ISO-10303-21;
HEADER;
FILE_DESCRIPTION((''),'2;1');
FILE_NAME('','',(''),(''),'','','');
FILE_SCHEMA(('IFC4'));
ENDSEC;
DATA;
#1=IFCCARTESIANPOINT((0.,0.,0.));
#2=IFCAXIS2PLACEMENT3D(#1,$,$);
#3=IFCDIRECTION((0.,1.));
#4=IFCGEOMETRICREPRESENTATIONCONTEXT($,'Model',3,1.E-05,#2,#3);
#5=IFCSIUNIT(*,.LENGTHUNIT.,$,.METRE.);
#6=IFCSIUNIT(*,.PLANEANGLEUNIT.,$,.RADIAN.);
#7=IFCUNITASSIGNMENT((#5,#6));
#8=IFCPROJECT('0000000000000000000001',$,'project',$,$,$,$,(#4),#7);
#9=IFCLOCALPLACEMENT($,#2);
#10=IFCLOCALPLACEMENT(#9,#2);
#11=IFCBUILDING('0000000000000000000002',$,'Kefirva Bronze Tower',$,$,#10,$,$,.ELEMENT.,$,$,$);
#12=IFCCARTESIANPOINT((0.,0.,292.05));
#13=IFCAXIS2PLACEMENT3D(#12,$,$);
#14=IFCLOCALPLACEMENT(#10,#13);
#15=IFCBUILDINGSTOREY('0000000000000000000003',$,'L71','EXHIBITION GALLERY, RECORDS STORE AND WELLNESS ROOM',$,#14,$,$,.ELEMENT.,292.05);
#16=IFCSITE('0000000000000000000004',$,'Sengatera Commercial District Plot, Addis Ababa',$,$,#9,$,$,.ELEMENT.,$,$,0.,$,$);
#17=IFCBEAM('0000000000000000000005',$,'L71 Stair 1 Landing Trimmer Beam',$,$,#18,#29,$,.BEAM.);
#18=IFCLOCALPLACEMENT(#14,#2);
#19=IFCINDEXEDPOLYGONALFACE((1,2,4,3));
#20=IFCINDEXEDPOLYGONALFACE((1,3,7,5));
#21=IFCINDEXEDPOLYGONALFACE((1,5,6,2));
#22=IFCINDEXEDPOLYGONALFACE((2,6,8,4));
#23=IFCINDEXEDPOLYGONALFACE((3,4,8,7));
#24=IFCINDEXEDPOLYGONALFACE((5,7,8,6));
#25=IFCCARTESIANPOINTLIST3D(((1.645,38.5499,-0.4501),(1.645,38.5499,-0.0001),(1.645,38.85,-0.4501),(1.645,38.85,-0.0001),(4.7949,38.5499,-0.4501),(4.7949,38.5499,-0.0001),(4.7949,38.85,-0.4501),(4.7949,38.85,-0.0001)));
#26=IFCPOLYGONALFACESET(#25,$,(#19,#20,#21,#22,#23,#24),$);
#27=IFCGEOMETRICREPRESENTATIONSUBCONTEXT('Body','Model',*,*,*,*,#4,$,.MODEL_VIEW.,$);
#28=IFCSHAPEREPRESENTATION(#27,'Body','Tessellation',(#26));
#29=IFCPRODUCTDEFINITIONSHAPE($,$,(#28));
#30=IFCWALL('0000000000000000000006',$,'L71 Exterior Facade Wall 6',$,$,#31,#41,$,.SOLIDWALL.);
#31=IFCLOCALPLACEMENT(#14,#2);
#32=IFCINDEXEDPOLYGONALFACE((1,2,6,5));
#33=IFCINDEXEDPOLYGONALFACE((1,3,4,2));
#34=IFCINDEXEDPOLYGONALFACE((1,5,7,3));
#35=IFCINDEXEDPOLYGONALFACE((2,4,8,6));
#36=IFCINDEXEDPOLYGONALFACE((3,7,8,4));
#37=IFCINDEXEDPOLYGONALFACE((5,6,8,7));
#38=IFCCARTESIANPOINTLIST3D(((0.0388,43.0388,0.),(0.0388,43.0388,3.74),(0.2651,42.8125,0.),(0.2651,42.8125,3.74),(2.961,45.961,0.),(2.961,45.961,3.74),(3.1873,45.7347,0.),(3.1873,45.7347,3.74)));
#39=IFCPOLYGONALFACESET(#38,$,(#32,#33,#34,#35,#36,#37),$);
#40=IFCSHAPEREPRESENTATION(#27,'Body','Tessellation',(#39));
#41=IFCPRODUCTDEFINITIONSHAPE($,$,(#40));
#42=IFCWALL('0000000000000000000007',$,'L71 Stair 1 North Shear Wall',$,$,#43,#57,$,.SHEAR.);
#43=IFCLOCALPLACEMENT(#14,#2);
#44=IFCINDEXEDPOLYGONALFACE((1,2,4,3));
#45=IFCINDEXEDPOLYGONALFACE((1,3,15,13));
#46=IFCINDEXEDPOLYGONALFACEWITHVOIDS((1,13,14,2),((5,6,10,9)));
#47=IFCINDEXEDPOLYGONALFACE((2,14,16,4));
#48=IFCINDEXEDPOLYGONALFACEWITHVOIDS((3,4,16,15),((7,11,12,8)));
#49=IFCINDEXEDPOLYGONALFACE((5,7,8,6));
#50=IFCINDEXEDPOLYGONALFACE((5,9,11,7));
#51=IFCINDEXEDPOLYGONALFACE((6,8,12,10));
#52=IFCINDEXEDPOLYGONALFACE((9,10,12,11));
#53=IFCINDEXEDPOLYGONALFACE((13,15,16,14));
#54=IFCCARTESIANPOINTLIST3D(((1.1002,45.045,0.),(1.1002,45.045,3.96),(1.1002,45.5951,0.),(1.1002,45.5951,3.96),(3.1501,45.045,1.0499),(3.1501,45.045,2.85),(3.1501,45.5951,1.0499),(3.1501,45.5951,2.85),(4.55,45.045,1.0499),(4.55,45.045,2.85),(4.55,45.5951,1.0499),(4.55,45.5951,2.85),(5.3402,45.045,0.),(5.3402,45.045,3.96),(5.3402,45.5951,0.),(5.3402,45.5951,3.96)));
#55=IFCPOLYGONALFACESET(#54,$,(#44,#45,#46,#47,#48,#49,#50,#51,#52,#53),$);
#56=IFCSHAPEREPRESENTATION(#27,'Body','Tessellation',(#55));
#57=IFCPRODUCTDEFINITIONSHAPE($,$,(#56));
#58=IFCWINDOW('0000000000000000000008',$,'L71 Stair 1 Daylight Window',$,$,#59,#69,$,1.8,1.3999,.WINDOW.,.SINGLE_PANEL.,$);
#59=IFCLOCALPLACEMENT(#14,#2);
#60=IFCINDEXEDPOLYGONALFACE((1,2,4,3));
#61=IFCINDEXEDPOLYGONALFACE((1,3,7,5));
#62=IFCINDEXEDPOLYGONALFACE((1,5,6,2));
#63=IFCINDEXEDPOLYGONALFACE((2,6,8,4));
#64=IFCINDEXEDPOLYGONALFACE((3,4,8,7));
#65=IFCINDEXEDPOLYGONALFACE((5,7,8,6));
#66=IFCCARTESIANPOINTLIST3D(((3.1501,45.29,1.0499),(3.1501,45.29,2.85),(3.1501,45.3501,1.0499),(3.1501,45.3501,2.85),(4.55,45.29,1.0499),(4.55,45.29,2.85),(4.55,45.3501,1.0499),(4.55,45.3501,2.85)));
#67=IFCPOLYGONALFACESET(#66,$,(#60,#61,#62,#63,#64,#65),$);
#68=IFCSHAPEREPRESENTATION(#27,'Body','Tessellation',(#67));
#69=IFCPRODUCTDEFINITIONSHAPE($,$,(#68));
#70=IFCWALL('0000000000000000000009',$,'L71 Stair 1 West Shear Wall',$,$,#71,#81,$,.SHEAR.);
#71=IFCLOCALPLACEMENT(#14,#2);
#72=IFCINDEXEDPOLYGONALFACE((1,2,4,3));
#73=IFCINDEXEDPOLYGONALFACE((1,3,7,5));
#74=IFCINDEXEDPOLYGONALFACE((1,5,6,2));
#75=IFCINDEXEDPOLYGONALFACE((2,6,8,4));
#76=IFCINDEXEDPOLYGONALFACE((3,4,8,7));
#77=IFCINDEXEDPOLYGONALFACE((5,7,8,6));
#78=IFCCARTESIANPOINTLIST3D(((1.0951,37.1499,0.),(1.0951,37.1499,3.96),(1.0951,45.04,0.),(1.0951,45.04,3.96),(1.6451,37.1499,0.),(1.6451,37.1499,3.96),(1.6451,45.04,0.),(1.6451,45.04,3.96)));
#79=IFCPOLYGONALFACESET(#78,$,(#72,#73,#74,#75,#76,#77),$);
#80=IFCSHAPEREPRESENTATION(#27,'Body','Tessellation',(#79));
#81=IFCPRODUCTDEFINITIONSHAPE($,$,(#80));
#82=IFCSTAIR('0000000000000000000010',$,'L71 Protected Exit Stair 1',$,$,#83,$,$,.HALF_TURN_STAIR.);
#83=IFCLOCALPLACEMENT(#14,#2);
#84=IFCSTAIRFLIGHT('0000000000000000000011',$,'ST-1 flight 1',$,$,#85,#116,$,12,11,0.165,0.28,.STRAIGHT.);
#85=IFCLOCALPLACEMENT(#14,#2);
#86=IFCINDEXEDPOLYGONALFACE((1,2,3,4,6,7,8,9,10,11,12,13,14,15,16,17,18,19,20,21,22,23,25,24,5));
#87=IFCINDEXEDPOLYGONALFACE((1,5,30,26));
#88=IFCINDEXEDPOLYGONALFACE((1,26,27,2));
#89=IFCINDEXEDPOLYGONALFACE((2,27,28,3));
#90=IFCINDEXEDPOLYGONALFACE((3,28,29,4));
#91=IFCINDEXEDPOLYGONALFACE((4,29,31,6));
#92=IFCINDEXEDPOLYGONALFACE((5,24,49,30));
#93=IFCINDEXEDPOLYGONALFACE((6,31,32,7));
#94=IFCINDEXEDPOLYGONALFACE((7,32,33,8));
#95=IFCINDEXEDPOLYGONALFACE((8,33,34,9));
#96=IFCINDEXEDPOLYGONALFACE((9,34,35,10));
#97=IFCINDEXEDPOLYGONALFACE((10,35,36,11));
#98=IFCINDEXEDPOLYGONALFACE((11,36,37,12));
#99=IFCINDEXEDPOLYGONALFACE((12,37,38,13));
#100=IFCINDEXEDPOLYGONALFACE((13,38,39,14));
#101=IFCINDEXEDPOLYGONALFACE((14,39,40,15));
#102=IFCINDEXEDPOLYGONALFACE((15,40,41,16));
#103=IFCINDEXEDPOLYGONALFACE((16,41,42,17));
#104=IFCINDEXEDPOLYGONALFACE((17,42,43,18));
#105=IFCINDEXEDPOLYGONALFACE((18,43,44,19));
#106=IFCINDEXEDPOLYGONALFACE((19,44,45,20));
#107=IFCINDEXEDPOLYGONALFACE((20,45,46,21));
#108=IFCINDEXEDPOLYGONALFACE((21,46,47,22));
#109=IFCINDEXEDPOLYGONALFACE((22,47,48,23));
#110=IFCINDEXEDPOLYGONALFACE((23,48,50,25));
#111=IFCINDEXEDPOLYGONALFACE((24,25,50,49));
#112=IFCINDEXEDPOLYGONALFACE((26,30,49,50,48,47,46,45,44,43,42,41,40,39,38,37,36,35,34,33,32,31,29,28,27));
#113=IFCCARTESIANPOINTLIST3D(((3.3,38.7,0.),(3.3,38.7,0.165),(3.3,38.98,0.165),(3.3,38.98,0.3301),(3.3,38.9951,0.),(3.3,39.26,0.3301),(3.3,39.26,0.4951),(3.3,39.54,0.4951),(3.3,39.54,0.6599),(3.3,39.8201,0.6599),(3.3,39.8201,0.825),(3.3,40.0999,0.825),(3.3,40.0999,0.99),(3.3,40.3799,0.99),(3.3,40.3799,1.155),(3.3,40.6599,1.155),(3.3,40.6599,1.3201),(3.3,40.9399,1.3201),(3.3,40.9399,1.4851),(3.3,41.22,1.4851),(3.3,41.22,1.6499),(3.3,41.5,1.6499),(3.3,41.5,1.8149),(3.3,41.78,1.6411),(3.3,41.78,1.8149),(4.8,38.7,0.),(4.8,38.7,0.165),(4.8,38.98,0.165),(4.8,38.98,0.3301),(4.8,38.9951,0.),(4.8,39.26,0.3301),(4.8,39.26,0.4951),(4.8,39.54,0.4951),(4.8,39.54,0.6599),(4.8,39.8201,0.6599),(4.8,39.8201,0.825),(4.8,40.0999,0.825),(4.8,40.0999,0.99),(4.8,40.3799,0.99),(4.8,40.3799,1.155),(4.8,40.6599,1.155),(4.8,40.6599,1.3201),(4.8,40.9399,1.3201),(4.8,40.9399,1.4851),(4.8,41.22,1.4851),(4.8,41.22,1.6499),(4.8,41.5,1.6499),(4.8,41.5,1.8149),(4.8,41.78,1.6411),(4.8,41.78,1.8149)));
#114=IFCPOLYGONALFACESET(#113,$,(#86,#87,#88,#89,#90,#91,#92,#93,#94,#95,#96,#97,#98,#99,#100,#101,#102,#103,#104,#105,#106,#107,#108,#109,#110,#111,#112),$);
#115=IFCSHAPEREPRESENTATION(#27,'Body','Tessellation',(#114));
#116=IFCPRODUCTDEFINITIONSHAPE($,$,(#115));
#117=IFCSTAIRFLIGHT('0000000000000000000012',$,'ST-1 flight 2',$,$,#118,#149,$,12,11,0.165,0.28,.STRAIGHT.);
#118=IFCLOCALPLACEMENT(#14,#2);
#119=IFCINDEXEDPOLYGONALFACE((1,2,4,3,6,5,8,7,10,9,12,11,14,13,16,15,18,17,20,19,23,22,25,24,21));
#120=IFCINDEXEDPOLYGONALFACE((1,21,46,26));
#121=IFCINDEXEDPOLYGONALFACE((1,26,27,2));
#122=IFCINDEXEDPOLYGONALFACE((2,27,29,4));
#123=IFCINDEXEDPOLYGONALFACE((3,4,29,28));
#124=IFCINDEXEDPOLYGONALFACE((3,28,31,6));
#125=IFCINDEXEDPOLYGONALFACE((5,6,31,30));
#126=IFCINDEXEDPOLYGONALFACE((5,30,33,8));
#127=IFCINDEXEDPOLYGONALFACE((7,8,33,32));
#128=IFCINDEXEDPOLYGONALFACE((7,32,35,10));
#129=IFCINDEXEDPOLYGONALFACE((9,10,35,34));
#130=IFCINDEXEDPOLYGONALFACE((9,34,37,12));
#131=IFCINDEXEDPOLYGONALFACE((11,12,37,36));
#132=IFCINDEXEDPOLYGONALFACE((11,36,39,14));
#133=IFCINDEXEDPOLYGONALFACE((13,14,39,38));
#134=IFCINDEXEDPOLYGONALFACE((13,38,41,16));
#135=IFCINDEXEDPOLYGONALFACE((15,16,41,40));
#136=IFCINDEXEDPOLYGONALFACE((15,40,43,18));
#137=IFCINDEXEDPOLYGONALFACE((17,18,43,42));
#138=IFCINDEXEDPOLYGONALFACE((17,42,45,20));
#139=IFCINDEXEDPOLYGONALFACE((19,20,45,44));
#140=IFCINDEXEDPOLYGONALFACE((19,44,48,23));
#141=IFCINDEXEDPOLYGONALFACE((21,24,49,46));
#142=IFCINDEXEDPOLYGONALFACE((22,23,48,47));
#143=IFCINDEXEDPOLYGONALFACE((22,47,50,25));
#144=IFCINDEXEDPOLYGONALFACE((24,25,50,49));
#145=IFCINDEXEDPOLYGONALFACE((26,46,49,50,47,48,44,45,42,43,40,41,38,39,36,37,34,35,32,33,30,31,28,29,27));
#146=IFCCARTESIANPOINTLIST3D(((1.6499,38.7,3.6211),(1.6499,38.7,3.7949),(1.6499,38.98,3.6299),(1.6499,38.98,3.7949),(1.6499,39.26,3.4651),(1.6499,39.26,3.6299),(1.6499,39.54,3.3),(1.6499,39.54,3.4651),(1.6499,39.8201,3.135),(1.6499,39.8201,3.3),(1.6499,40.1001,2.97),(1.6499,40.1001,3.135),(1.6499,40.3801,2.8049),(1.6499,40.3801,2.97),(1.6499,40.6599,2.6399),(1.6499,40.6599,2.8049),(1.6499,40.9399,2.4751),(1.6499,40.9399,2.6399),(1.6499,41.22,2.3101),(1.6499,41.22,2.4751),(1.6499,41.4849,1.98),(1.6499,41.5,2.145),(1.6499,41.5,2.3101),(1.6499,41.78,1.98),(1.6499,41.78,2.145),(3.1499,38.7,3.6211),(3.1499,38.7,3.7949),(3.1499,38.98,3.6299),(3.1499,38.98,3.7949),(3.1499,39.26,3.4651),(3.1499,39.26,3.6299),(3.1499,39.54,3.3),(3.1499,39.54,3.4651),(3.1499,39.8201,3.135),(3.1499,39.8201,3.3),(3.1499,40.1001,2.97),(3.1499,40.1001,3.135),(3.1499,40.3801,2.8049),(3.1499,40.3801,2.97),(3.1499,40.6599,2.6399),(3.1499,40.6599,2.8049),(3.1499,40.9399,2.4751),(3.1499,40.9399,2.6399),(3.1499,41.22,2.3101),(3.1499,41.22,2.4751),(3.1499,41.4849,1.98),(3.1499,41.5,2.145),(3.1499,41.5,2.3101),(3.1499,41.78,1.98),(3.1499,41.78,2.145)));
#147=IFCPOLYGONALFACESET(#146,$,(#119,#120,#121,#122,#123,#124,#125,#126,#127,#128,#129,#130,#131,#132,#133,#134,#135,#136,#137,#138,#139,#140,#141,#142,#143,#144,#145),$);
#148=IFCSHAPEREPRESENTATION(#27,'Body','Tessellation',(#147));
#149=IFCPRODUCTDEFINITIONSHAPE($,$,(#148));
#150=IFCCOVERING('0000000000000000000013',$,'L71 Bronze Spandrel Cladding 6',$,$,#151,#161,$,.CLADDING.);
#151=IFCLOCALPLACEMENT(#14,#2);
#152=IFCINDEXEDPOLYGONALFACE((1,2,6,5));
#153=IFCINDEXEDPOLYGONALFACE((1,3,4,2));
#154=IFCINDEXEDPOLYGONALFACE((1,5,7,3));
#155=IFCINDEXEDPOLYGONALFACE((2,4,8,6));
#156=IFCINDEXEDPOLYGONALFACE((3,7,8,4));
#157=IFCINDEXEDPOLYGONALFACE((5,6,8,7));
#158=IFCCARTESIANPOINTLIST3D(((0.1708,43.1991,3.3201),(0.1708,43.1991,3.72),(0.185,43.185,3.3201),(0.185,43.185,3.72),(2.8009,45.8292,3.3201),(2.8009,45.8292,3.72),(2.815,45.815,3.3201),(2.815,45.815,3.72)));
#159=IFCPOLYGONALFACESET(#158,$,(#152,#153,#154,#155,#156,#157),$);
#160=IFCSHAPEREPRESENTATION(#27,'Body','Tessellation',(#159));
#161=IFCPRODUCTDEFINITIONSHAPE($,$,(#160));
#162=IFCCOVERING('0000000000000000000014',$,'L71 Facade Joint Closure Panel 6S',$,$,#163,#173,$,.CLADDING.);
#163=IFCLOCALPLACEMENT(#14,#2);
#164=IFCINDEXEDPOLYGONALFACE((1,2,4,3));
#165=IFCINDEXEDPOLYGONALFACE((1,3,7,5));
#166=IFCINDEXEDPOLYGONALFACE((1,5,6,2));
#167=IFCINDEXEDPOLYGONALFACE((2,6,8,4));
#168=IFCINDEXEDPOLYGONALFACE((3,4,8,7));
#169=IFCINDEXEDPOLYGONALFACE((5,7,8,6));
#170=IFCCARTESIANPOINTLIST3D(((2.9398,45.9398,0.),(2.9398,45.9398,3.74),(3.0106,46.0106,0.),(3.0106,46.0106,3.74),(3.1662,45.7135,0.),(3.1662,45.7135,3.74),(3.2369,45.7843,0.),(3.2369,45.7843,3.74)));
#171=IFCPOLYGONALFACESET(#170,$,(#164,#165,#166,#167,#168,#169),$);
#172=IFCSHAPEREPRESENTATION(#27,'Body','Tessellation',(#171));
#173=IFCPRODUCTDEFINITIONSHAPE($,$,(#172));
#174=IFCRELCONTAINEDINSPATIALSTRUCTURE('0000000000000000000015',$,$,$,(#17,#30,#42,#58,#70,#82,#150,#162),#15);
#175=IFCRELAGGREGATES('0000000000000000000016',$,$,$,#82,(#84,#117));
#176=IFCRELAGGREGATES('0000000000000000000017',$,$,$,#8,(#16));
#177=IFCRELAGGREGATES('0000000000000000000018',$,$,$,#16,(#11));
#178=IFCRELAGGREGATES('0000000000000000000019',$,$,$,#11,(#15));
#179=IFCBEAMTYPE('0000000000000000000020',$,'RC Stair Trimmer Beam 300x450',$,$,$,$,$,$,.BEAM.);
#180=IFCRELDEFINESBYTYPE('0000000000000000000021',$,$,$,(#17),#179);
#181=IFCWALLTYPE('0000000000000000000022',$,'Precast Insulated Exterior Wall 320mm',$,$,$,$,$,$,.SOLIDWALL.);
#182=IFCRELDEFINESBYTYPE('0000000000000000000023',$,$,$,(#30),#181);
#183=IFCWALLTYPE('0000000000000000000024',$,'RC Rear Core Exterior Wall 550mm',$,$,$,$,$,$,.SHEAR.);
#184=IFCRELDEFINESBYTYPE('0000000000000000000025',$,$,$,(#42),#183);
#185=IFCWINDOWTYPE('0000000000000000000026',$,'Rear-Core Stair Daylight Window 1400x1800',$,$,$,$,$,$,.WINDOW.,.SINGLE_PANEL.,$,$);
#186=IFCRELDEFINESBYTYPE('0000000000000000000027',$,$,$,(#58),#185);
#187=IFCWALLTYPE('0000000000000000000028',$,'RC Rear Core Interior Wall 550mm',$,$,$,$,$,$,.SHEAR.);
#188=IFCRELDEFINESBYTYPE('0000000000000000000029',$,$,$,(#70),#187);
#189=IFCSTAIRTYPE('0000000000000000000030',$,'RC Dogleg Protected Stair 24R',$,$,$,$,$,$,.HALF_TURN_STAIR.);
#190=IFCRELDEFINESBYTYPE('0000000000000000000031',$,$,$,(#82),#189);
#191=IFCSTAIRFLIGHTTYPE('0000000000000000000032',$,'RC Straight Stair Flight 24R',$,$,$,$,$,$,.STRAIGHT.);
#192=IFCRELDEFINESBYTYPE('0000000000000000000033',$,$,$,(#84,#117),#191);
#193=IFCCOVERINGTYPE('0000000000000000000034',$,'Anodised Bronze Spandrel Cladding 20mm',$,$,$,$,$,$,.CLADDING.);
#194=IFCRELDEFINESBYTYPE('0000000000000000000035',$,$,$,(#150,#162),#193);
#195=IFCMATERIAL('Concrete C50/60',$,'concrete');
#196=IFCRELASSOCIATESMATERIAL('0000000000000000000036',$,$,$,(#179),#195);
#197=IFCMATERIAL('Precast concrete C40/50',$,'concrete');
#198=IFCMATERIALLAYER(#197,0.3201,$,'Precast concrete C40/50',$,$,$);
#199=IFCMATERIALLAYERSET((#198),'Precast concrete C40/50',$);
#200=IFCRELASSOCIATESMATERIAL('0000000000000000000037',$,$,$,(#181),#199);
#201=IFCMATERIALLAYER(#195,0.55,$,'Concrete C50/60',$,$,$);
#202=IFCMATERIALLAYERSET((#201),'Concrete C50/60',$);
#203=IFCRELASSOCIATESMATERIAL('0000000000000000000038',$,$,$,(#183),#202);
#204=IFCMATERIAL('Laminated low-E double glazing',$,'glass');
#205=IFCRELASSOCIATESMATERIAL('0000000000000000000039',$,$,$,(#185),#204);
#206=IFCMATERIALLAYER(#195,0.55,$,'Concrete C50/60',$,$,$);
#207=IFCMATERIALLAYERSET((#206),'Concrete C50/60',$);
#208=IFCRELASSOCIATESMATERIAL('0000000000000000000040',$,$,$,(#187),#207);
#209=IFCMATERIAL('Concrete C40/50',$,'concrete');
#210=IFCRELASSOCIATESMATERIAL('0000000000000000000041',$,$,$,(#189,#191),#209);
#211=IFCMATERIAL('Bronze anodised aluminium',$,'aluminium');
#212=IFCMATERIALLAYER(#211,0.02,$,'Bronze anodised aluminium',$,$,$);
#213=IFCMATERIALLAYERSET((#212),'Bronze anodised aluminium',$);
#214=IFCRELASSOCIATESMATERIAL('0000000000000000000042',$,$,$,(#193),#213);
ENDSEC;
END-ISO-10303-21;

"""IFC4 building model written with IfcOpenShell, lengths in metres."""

from ifc_helpers import new_model, si_unit, direction, frame, frame_2d, origin, origin_2d, place, context, subcontext, project, spatial, polyline, rectangle, outline, extrude, material, layer, layer_set, material_profile, profile_set, type_object, element, fill, aggregate, save


model = new_model("IFC4")

# Units and contexts
model_context = context("Model", 3, precision=1e-05, world=origin(), true_north=direction((0.0, 1.0)))
body_context = subcontext(model_context, "Body", "Model", "MODEL_VIEW")
ifc_project = project(units=[si_unit("LENGTHUNIT", "METRE"), si_unit("PLANEANGLEUNIT", "RADIAN")], contexts=[model_context])

# Site, building, storey
site_placement = place(None, origin())
site = spatial("IfcSite", under=ifc_project, at=site_placement, Name="Sengatera Commercial District Plot, Addis Ababa", CompositionType="ELEMENT", RefElevation=0.0)
building_placement = place(site_placement, origin())
building = spatial("IfcBuilding", under=site, at=building_placement, Name="Kefirva Bronze Tower", CompositionType="ELEMENT")
storey_placement = place(building_placement, frame((0.0, 0.0, 292.05)))
storey = spatial("IfcBuildingStorey", under=building, at=storey_placement, Name="L71", Description="EXHIBITION GALLERY, RECORDS STORE AND WELLNESS ROOM", CompositionType="ELEMENT", Elevation=292.05)

# Beam
ifc_material_1 = material(Name="Concrete C50/60", Category="concrete")
ifc_material_profile = material_profile(ifc_material_1, rectangle(XDim=0.3, YDim=0.45, at=origin_2d()), Name="RC 300x450")
ifc_profile_set = profile_set([ifc_material_profile], Name="Concrete C50/60")
beam_type = type_object("IfcBeamType", Name="RC Stair Trimmer Beam 300x450", PredefinedType="BEAM", material=ifc_profile_set)
beam_placement = place(storey_placement, frame((1.645, 38.7, -0.2251), z_axis=(1.0, 0.0, 0.0), x_axis=(0.0, 1.0, 0.0)))
element("IfcBeam", 1, at=beam_placement, inside=storey, type_object=beam_type, Name="L71 Stair 1 Landing Trimmer Beam", PredefinedType="BEAM", context=body_context, shape_type="SweptSolid", body=[
    extrude(rectangle(XDim=0.3, YDim=0.45, at=origin_2d()), origin(), (0.0, 0.0, 1.0), 3.1499),
])

# Wall
ifc_material_2 = material(Name="Precast concrete C40/50", Category="concrete")
ifc_layer_1 = layer(ifc_material_2, 0.3201, Name="Precast concrete C40/50")
ifc_layer_set_1 = layer_set([ifc_layer_1], Name="Precast concrete C40/50")
wall_type_1 = type_object("IfcWallType", Name="Precast Insulated Exterior Wall 320mm", PredefinedType="SOLIDWALL", material=ifc_layer_set_1)
wall_1_placement = place(storey_placement, frame((3.0742, 45.8479, 0.0), z_axis=(0.0, 0.0, 1.0), x_axis=(-0.707107, -0.707107, 0.0)))
element("IfcWall", 2, at=wall_1_placement, inside=storey, type_object=wall_type_1, Name="L71 Exterior Facade Wall 6", PredefinedType="SOLIDWALL", context=body_context, shape_type="SweptSolid", body=[
    extrude(rectangle(XDim=4.1326, YDim=0.3201, at=frame_2d((2.0664, 0.0))), origin(), (0.0, 0.0, 1.0), 3.74),
])

# Wall, opening, window
ifc_layer_2 = layer(ifc_material_1, 0.55, Name="Concrete C50/60")
ifc_layer_set_2 = layer_set([ifc_layer_2], Name="Concrete C50/60")
wall_type_2 = type_object("IfcWallType", Name="RC Rear Core Exterior Wall 550mm", PredefinedType="SHEAR", material=ifc_layer_set_2)
wall_2_placement = place(storey_placement, frame((1.1001, 45.3201, 0.0), z_axis=(0.0, 0.0, 1.0), x_axis=(1.0, 0.0, 0.0)))
wall_2 = element("IfcWall", 3, at=wall_2_placement, inside=storey, type_object=wall_type_2, Name="L71 Stair 1 North Shear Wall", PredefinedType="SHEAR", context=body_context, shape_type="SweptSolid", body=[
    extrude(rectangle(XDim=4.24, YDim=0.55, at=frame_2d((2.1201, 0.0))), origin(), (0.0, 0.0, 1.0), 3.96),
])
opening_1_placement = place(wall_2_placement, frame((2.05, 0.0, 1.05)))
opening_1 = element("IfcOpeningElement", 4, at=opening_1_placement, cuts=wall_2, PredefinedType="OPENING", context=body_context, shape_type="SweptSolid", body=[
    extrude(rectangle(XDim=1.3999, YDim=1.8, at=frame_2d((0.7, 0.8999))), frame((0.0, 0.2852, 0.0), z_axis=(0.0, -1.0, 0.0), x_axis=(1.0, 0.0, 0.0)), (0.0, 0.0, 1.0), 0.5701),
])
ifc_material_3 = material(Name="Laminated low-E double glazing", Category="glass")
window_type = type_object("IfcWindowType", Name="Rear-Core Stair Daylight Window 1400x1800", PartitioningType="SINGLE_PANEL", PredefinedType="WINDOW", material=ifc_material_3)
window_placement = place(opening_1_placement, origin())
window = element("IfcWindow", 5, at=window_placement, inside=storey, type_object=window_type, Name="L71 Stair 1 Daylight Window", OverallHeight=1.8, OverallWidth=1.3999, PartitioningType="SINGLE_PANEL", PredefinedType="WINDOW", context=body_context, shape_type="SweptSolid", body=[
    extrude(rectangle(XDim=1.3999, YDim=1.8, at=frame_2d((0.7, 0.8999))), frame((0.0, 0.03, 0.0), z_axis=(0.0, -1.0, 0.0), x_axis=(1.0, 0.0, 0.0)), (0.0, 0.0, 1.0), 0.0601),
])
fill(opening_1, window)

# Wall
ifc_layer_3 = layer(ifc_material_1, 0.55, Name="Concrete C50/60")
ifc_layer_set_3 = layer_set([ifc_layer_3], Name="Concrete C50/60")
wall_type_3 = type_object("IfcWallType", Name="RC Rear Core Interior Wall 550mm", PredefinedType="SHEAR", material=ifc_layer_set_3)
wall_3_placement = place(storey_placement, frame((1.3701, 37.1499, 0.0), z_axis=(0.0, 0.0, 1.0), x_axis=(0.0, 1.0, 0.0)))
element("IfcWall", 6, at=wall_3_placement, inside=storey, type_object=wall_type_3, Name="L71 Stair 1 West Shear Wall", PredefinedType="SHEAR", context=body_context, shape_type="SweptSolid", body=[
    extrude(rectangle(XDim=7.8901, YDim=0.55, at=frame_2d((3.9451, 0.0))), origin(), (0.0, 0.0, 1.0), 3.96),
])

# Stair, stair flights
ifc_material_4 = material(Name="Concrete C40/50", Category="concrete")
stair_type = type_object("IfcStairType", Name="RC Dogleg Protected Stair 24R", PredefinedType="HALF_TURN_STAIR", material=ifc_material_4)
stair_placement = place(storey_placement, origin())
stair = element("IfcStair", 7, at=stair_placement, inside=storey, type_object=stair_type, Name="L71 Protected Exit Stair 1", PredefinedType="HALF_TURN_STAIR")
stair_flight_type = type_object("IfcStairFlightType", Name="RC Straight Stair Flight 24R", PredefinedType="STRAIGHT", material=ifc_material_4)
stair_flight_1_placement = place(storey_placement, frame((4.05, 38.7, 0.0), z_axis=(0.0, 0.0, 1.0), x_axis=(0.0, 1.0, 0.0)))
stair_flight_1 = element("IfcStairFlight", 8, at=stair_flight_1_placement, type_object=stair_flight_type, Name="ST-1 flight 1", NumberOfRisers=12, NumberOfTreads=11, PredefinedType="STRAIGHT", RiserHeight=0.165, TreadLength=0.28, context=body_context, shape_type="SweptSolid", body=[
    extrude(outline(polyline([(0.0, 0.0), (0.0, 0.165), (0.28, 0.165), (0.28, 0.3301), (0.5601, 0.3301), (0.5601, 0.4951), (0.8401, 0.4951), (0.8401, 0.6599), (1.1201, 0.6599), (1.1201, 0.825), (1.3999, 0.825), (1.3999, 0.99), (1.6799, 0.99), (1.6799, 1.155), (1.96, 1.155), (1.96, 1.3201), (2.24, 1.3201), (2.24, 1.4851), (2.52, 1.4851), (2.52, 1.6499), (2.8, 1.6499), (2.8, 1.8149), (3.0801, 1.8149), (3.0801, 1.98), (3.0801, 1.6411), (0.2952, 0.0), (0.0, 0.0)])), frame((0.0, 0.75, 0.0), z_axis=(0.0, -1.0, 0.0), x_axis=(1.0, 0.0, 0.0)), (0.0, 0.0, 1.0), 1.5),
])
stair_flight_2_placement = place(storey_placement, frame((2.3999, 41.78, 1.98), z_axis=(0.0, 0.0, 1.0), x_axis=(0.0, -1.0, 0.0)))
stair_flight_2 = element("IfcStairFlight", 9, at=stair_flight_2_placement, type_object=stair_flight_type, Name="ST-1 flight 2", NumberOfRisers=12, NumberOfTreads=11, PredefinedType="STRAIGHT", RiserHeight=0.165, TreadLength=0.28, context=body_context, shape_type="SweptSolid", body=[
    extrude(outline(polyline([(0.0, 0.0), (0.0, 0.165), (0.28, 0.165), (0.28, 0.3301), (0.5601, 0.3301), (0.5601, 0.4951), (0.8401, 0.4951), (0.8401, 0.6599), (1.1201, 0.6599), (1.1201, 0.825), (1.3999, 0.825), (1.3999, 0.99), (1.6799, 0.99), (1.6799, 1.155), (1.96, 1.155), (1.96, 1.3201), (2.24, 1.3201), (2.24, 1.4851), (2.52, 1.4851), (2.52, 1.6499), (2.8, 1.6499), (2.8, 1.8149), (3.0801, 1.8149), (3.0801, 1.98), (3.0801, 1.6411), (0.2952, 0.0), (0.0, 0.0)])), frame((0.0, 0.75, 0.0), z_axis=(0.0, -1.0, 0.0), x_axis=(1.0, 0.0, 0.0)), (0.0, 0.0, 1.0), 1.5),
])
aggregate(stair, [stair_flight_1, stair_flight_2])

# Coverings
ifc_material_5 = material(Name="Bronze anodised aluminium", Category="aluminium")
ifc_layer_4 = layer(ifc_material_5, 0.02, Name="Bronze anodised aluminium")
ifc_layer_set_4 = layer_set([ifc_layer_4], Name="Bronze anodised aluminium")
covering_type_1 = type_object("IfcCoveringType", Name="Anodised Bronze Spandrel Cladding 20mm", PredefinedType="CLADDING", material=ifc_layer_set_4)
covering_1_placement = place(storey_placement, frame((1.4929, 44.5071, 3.3201), z_axis=(0.0, 0.0, 1.0), x_axis=(-0.707107, -0.707107, 0.0)))
element("IfcCovering", 10, at=covering_1_placement, inside=storey, type_object=covering_type_1, Name="L71 Bronze Spandrel Cladding 6", PredefinedType="CLADDING", context=body_context, shape_type="SweptSolid", body=[
    extrude(rectangle(XDim=3.7195, YDim=0.02, at=origin_2d()), origin(), (0.0, 0.0, 1.0), 0.3999),
])
for number, where, z_axis, x_axis, name in (
    (11, (3.0884, 45.8621, 0.0), (0.0, 0.0, 1.0), (-0.707107, -0.707107, 0.0), "L71 Facade Joint Closure Panel 6S"),
):
    element("IfcCovering", number, at=place(storey_placement, frame(where, z_axis=z_axis, x_axis=x_axis)), inside=storey, type_object=covering_type_1, Name=name, PredefinedType="CLADDING", context=body_context, shape_type="SweptSolid", body=[
        extrude(rectangle(XDim=0.1001, YDim=0.3201, at=origin_2d()), origin(), (0.0, 0.0, 1.0), 3.74),
    ])

save(model, "model.ifc")
